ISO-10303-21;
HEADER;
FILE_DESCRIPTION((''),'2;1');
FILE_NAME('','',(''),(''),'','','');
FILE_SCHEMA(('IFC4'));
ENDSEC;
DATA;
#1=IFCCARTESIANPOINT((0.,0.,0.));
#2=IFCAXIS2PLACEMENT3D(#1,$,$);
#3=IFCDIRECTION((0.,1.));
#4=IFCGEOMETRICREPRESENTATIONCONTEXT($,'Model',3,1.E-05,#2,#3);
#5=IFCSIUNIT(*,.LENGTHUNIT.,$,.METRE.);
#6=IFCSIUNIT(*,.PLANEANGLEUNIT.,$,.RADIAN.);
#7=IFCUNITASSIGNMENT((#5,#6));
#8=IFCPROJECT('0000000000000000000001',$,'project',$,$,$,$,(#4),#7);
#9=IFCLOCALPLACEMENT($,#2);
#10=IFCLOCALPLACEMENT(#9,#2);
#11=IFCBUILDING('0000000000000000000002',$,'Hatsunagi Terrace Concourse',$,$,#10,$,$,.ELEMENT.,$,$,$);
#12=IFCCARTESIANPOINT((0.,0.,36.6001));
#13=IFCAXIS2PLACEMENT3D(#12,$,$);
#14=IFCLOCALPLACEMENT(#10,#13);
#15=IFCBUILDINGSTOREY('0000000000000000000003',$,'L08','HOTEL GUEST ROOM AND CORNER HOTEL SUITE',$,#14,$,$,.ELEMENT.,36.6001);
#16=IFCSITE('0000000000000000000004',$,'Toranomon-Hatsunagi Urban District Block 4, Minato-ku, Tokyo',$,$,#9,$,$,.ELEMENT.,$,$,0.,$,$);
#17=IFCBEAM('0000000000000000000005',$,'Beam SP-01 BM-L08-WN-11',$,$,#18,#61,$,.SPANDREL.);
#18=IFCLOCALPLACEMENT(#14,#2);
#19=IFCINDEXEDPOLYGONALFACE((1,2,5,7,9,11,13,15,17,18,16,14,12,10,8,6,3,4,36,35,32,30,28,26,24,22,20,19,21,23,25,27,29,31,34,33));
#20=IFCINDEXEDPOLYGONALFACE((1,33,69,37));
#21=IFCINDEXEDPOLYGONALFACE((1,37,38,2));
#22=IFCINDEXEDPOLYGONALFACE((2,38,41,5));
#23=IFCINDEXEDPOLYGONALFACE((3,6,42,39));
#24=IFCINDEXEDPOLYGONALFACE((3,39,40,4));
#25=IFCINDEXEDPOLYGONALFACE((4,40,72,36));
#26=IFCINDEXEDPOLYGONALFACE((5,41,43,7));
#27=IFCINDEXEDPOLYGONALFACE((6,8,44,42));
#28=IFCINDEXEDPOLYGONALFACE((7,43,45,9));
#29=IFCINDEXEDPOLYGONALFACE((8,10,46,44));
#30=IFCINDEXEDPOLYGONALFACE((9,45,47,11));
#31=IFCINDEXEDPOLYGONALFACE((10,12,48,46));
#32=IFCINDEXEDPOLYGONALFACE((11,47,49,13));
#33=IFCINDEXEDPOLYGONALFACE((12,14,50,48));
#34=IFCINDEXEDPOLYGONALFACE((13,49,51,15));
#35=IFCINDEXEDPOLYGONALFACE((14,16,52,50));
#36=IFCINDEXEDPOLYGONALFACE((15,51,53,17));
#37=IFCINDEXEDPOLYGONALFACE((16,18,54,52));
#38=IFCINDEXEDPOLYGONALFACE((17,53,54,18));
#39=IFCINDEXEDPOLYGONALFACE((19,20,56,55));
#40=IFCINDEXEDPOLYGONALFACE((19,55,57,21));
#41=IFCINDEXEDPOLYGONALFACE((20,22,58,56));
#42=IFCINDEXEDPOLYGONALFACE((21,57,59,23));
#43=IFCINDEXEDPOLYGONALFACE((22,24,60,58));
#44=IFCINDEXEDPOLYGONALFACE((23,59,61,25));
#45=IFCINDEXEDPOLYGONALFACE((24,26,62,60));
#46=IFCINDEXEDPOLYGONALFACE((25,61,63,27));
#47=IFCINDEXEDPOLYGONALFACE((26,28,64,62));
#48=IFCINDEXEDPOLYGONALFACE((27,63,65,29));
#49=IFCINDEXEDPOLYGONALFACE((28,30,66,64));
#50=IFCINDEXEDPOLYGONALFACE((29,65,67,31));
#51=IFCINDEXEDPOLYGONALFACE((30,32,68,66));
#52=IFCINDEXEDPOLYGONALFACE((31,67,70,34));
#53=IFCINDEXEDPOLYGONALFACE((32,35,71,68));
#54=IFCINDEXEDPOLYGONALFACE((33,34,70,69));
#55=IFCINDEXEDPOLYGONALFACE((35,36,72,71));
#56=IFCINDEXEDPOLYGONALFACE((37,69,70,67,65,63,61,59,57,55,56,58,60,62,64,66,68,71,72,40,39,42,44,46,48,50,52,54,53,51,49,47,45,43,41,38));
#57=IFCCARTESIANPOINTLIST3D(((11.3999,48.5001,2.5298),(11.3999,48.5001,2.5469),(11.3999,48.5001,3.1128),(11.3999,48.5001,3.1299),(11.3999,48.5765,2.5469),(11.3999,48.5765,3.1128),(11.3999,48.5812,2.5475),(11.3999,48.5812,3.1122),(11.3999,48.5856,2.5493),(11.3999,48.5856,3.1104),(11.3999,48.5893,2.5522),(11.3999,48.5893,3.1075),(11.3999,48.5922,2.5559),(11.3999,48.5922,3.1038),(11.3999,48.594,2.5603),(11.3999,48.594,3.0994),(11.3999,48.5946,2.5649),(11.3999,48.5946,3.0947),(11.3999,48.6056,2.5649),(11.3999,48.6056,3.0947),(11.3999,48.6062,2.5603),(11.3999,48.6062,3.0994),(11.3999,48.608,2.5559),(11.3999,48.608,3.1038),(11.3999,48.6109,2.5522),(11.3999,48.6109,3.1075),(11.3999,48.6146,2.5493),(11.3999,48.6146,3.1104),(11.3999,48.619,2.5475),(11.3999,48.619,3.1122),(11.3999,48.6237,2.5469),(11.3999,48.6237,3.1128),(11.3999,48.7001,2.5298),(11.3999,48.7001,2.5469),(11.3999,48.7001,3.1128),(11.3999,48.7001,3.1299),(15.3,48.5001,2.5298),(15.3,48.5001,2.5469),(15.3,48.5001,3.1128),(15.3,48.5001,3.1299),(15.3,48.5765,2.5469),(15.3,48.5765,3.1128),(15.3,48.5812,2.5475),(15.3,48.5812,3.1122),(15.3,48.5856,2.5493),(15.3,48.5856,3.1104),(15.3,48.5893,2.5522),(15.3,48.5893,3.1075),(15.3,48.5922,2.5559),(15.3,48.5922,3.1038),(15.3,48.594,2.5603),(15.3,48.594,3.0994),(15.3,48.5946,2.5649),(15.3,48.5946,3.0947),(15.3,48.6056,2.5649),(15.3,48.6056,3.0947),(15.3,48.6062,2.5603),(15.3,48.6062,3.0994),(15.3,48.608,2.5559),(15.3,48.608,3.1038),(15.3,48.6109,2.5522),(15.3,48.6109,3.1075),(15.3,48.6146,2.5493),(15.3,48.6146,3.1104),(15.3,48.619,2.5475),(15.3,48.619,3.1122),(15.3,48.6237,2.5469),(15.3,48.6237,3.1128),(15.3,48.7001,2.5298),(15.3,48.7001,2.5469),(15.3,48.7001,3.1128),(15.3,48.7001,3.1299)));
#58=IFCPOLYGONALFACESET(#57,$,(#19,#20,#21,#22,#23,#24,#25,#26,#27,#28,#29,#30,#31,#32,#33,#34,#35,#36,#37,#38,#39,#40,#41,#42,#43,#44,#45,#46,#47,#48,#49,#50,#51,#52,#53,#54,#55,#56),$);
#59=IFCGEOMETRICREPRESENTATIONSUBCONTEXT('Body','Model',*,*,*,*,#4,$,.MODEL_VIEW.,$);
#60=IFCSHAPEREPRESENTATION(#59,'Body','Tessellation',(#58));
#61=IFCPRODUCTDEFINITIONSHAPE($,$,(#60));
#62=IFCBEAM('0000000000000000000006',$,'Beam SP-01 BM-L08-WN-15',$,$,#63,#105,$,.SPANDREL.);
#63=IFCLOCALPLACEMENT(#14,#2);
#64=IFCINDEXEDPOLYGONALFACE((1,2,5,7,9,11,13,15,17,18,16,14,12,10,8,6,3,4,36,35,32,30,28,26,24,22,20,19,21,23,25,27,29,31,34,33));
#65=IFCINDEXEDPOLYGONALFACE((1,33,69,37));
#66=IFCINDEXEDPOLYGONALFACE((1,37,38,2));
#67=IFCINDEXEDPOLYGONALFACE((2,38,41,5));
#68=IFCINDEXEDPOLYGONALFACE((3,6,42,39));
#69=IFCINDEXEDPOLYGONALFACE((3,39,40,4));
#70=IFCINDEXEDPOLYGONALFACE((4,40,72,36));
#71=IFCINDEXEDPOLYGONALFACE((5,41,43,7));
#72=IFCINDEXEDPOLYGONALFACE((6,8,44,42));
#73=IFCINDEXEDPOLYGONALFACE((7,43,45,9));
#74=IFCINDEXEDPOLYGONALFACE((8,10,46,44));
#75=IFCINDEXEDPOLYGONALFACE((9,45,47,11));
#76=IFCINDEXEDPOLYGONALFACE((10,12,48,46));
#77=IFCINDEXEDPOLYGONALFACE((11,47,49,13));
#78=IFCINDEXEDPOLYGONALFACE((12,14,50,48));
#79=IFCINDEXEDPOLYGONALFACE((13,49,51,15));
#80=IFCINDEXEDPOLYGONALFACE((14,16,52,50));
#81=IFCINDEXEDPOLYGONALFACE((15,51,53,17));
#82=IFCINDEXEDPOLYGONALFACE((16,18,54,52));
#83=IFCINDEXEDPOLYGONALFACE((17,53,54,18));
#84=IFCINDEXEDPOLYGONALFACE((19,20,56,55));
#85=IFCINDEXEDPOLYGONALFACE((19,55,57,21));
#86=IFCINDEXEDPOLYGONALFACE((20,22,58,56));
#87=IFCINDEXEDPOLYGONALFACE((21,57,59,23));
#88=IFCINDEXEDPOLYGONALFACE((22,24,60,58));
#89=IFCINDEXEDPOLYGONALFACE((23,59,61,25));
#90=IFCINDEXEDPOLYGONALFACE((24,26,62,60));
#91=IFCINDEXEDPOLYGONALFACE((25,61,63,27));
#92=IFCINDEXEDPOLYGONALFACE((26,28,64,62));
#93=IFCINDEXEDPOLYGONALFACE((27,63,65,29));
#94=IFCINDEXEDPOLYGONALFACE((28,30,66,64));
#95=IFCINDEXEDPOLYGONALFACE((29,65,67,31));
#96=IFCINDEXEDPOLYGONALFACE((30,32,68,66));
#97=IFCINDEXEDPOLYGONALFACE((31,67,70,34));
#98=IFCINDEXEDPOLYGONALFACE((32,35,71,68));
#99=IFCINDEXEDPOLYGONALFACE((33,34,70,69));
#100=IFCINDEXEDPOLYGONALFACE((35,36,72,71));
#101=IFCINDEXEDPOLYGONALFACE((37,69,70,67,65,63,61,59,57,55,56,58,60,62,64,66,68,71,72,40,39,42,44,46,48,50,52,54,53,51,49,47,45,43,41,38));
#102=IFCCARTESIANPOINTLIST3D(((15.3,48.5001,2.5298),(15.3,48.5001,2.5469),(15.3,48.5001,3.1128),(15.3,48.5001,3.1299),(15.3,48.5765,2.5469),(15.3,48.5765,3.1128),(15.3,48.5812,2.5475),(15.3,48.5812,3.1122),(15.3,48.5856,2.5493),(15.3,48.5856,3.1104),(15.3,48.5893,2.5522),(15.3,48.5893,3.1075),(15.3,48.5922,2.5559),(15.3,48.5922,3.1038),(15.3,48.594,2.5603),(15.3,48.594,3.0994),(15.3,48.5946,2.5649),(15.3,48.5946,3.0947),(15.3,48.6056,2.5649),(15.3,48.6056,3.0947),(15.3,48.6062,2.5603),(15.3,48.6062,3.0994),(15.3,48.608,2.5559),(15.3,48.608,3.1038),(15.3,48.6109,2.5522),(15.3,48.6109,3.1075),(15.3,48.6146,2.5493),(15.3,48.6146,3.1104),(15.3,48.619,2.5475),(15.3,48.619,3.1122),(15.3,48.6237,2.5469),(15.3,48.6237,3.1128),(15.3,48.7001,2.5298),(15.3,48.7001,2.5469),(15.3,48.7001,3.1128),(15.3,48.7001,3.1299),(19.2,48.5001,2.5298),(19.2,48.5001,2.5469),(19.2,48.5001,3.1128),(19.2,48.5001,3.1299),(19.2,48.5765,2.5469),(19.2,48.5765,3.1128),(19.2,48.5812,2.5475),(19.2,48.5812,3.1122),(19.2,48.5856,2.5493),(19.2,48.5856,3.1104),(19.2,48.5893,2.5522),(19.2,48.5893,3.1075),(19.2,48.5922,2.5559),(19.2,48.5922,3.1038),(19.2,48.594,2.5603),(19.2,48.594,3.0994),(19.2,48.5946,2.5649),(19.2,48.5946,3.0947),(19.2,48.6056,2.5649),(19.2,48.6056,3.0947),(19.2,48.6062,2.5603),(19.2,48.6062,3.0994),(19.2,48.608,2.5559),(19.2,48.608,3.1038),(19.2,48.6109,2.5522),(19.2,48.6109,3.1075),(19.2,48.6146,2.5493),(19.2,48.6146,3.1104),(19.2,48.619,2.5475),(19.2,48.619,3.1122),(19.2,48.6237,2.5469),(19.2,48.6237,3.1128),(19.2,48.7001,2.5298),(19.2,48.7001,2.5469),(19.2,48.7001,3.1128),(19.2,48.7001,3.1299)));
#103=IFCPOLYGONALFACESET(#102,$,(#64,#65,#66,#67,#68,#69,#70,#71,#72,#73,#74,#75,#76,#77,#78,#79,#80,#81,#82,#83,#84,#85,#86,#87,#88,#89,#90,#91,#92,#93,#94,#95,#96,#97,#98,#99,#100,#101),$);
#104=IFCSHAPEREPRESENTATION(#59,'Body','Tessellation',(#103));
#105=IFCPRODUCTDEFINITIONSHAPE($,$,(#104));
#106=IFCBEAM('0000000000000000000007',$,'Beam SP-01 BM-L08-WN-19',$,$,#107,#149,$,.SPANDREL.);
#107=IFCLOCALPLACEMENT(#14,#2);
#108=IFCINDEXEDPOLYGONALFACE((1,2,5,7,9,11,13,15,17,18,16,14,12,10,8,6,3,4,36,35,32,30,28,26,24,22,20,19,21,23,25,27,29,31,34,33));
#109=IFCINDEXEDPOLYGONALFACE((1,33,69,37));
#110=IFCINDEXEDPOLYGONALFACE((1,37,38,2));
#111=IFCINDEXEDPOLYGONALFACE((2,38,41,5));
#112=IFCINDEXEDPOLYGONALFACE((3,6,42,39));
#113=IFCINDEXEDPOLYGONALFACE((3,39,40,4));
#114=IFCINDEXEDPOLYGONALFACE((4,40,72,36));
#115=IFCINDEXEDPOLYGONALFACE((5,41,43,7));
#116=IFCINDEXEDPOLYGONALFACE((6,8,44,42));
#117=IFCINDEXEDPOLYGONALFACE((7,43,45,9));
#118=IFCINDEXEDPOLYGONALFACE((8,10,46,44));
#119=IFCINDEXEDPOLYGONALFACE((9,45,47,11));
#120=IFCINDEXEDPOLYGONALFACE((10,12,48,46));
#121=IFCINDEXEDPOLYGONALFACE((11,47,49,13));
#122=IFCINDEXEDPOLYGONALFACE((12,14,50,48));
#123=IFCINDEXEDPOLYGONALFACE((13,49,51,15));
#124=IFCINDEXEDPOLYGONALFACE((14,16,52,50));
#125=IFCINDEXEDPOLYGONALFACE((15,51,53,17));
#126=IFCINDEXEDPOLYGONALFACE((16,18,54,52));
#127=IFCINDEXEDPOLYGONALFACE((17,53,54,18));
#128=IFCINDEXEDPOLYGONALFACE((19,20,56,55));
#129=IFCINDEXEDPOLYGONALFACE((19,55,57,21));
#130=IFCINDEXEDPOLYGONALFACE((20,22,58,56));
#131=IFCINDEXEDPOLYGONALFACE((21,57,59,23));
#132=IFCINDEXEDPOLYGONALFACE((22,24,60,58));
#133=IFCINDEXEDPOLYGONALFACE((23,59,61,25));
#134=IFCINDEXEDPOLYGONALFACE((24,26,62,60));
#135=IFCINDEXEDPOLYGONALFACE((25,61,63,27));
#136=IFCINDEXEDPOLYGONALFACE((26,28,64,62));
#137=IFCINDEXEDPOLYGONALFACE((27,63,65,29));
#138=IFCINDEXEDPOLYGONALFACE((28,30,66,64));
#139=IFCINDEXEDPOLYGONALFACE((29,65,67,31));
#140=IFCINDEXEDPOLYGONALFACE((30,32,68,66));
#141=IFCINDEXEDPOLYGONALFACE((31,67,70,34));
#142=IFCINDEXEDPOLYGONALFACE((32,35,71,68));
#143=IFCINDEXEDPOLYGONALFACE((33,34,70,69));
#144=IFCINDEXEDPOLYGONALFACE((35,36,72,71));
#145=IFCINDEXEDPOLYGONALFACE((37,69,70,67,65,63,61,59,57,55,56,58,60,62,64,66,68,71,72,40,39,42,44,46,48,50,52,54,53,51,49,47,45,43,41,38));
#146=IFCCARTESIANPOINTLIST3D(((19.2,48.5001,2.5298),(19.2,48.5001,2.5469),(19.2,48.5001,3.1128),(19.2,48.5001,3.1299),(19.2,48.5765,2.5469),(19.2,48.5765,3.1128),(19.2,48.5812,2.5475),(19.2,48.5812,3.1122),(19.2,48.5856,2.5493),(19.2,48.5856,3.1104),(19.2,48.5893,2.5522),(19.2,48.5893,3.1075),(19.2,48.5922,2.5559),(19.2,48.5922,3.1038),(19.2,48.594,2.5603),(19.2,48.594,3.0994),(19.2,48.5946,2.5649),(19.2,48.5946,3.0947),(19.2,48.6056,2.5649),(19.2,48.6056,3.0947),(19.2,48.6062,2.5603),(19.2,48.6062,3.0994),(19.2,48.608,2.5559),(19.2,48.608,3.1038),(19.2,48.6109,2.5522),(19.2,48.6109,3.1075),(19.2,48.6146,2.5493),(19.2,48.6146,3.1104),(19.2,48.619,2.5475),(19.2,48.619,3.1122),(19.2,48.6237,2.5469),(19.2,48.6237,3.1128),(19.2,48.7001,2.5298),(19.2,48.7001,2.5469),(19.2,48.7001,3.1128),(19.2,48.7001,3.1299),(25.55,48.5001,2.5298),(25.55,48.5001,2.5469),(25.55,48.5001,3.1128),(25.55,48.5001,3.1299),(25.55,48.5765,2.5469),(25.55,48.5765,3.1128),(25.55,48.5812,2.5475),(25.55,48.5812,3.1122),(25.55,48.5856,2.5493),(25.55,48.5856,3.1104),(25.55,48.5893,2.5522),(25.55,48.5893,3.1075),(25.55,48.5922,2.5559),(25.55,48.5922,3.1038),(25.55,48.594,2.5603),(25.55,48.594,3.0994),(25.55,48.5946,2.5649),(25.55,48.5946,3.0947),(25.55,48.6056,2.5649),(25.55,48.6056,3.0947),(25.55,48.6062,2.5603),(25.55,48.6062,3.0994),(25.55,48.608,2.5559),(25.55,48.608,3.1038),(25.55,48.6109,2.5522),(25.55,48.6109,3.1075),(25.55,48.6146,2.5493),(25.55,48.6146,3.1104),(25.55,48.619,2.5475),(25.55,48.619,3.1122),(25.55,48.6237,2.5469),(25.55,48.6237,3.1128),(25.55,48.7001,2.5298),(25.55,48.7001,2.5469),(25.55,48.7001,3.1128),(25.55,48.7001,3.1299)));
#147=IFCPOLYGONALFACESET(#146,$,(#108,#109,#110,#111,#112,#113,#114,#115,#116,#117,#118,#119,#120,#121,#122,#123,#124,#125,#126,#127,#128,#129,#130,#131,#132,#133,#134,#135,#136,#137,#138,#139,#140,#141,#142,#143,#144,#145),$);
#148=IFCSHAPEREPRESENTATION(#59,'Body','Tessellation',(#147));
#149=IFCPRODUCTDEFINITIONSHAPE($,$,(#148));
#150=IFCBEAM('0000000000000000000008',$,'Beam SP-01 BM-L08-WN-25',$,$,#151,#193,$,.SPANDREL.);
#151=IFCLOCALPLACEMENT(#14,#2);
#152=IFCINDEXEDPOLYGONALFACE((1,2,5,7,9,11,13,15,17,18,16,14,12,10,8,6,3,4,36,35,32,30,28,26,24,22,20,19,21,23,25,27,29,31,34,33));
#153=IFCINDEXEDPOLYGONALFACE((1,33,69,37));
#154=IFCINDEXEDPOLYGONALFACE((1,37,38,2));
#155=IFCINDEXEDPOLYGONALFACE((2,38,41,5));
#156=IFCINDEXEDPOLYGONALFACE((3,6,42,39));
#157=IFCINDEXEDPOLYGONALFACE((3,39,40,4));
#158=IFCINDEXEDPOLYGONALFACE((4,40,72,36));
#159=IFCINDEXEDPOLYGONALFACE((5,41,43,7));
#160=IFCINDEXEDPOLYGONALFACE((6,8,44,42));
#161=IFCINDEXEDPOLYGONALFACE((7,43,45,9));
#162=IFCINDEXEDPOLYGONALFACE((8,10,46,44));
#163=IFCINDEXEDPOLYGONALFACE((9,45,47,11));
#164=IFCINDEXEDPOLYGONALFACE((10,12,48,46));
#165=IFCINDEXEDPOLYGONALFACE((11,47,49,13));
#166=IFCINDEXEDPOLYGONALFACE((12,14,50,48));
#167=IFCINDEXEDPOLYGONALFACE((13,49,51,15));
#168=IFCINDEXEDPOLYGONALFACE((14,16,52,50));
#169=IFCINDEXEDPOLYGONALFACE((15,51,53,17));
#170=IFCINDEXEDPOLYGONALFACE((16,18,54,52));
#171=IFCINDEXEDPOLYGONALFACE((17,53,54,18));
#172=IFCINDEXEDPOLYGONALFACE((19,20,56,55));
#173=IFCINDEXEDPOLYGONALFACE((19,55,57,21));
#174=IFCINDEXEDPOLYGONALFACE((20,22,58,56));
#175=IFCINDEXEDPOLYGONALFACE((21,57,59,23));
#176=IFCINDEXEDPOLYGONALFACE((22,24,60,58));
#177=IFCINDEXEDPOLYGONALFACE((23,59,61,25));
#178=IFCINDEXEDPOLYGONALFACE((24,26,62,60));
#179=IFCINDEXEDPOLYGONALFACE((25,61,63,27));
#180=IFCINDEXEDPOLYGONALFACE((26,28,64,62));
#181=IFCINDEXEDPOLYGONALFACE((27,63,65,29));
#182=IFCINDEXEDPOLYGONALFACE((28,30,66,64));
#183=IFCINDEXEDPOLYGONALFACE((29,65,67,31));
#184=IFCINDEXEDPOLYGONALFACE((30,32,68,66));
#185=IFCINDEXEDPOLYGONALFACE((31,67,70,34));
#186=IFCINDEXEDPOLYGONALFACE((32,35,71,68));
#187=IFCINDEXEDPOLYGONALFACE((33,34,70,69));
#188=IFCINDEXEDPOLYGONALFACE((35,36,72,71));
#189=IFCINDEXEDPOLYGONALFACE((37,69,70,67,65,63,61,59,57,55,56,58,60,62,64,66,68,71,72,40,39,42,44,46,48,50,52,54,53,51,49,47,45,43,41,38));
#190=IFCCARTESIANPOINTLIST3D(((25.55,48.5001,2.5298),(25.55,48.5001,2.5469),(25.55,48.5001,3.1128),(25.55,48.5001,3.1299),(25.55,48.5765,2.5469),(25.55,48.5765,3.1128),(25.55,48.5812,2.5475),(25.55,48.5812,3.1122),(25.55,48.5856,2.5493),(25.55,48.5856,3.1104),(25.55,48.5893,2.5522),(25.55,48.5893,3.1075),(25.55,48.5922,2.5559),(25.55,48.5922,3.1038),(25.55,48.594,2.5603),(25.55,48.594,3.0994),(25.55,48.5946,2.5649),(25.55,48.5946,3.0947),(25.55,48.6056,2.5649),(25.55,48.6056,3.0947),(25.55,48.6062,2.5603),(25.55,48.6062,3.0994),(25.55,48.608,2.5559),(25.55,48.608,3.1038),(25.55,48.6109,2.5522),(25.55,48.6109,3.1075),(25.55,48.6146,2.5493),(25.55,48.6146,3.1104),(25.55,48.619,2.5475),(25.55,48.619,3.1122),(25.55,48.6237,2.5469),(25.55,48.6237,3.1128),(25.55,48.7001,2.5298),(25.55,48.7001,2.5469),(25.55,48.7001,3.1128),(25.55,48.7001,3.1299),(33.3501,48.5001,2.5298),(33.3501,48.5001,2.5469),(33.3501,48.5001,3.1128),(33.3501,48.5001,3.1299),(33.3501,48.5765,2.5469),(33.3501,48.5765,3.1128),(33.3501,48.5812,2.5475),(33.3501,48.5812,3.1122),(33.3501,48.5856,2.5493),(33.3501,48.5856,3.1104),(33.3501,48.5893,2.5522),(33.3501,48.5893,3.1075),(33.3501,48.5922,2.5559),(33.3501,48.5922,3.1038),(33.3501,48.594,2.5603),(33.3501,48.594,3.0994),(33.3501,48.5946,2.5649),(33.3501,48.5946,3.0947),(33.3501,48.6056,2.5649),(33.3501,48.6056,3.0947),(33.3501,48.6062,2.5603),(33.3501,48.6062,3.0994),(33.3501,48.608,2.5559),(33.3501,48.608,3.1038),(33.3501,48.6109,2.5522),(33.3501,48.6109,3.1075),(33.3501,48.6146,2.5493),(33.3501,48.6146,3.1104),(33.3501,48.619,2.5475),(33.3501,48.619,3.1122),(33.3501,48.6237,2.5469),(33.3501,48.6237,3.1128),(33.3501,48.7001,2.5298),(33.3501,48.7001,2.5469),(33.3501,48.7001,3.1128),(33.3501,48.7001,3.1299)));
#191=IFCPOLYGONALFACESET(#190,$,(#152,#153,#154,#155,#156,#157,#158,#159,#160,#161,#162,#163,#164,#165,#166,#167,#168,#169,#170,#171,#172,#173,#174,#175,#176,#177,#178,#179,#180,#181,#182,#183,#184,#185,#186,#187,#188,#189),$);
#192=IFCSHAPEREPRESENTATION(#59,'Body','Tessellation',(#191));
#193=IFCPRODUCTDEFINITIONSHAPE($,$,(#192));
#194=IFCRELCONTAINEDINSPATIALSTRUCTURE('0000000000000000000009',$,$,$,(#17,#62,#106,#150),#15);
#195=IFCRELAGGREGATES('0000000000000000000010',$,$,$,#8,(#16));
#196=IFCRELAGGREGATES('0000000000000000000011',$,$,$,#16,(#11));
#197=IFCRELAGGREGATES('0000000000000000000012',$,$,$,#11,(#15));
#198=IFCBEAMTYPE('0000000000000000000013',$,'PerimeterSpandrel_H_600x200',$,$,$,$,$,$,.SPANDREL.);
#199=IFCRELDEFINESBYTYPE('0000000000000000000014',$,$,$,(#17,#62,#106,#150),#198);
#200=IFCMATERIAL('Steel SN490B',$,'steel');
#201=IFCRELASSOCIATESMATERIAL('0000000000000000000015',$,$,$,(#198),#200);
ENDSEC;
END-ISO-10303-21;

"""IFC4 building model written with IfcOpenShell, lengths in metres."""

from ifc_helpers import new_model, si_unit, direction, frame, origin, origin_2d, place, context, subcontext, project, spatial, i_section, extrude, material, material_profile, profile_set, type_object, element, save


model = new_model("IFC4")

# Units and contexts
model_context = context("Model", 3, precision=1e-05, world=origin(), true_north=direction((0.0, 1.0)))
body_context = subcontext(model_context, "Body", "Model", "MODEL_VIEW")
ifc_project = project(units=[si_unit("LENGTHUNIT", "METRE"), si_unit("PLANEANGLEUNIT", "RADIAN")], contexts=[model_context])

# Site, building, storey
site_placement = place(None, origin())
site = spatial("IfcSite", under=ifc_project, at=site_placement, Name="Toranomon-Hatsunagi Urban District Block 4, Minato-ku, Tokyo", CompositionType="ELEMENT", RefElevation=0.0)
building_placement = place(site_placement, origin())
building = spatial("IfcBuilding", under=site, at=building_placement, Name="Hatsunagi Terrace Concourse", CompositionType="ELEMENT")
storey_placement = place(building_placement, frame((0.0, 0.0, 36.6001)))
storey = spatial("IfcBuildingStorey", under=building, at=storey_placement, Name="L08", Description="HOTEL GUEST ROOM AND CORNER HOTEL SUITE", CompositionType="ELEMENT", Elevation=36.6001)

# Beams
ifc_material_1 = material(Name="Steel SN490B", Category="steel")
ifc_material_profile_1 = material_profile(ifc_material_1, i_section(OverallWidth=0.2, OverallDepth=0.6001, WebThickness=0.011, FlangeThickness=0.0171, FilletRadius=0.0181, at=origin_2d()), Name="H-600x200x11x17")
ifc_profile_set_1 = profile_set([ifc_material_profile_1], Name="Steel SN490B")
beam_type_1 = type_object("IfcBeamType", Name="PerimeterSpandrel_H_600x200", PredefinedType="SPANDREL", material=ifc_profile_set_1)
beam_1_placement = place(storey_placement, frame((11.3999, 48.6001, 2.8298), z_axis=(1.0, 0.0, 0.0), x_axis=(0.0, 1.0, 0.0)))
element("IfcBeam", 1, at=beam_1_placement, inside=storey, type_object=beam_type_1, Name="Beam SP-01 BM-L08-WN-11", PredefinedType="SPANDREL", context=body_context, shape_type="SweptSolid", body=[
    extrude(i_section(OverallWidth=0.2, OverallDepth=0.6001, WebThickness=0.011, FlangeThickness=0.0171, FilletRadius=0.0181, at=origin_2d()), origin(), (0.0, 0.0, 1.0), 3.9001),
])
beam_2_placement = place(storey_placement, frame((15.3, 48.6001, 2.8298), z_axis=(1.0, 0.0, 0.0), x_axis=(0.0, 1.0, 0.0)))
element("IfcBeam", 2, at=beam_2_placement, inside=storey, type_object=beam_type_1, Name="Beam SP-01 BM-L08-WN-15", PredefinedType="SPANDREL", context=body_context, shape_type="SweptSolid", body=[
    extrude(i_section(OverallWidth=0.2, OverallDepth=0.6001, WebThickness=0.011, FlangeThickness=0.0171, FilletRadius=0.0181, at=origin_2d()), origin(), (0.0, 0.0, 1.0), 3.8999),
])
beam_3_placement = place(storey_placement, frame((19.2, 48.6001, 2.8298), z_axis=(1.0, 0.0, 0.0), x_axis=(0.0, 1.0, 0.0)))
element("IfcBeam", 3, at=beam_3_placement, inside=storey, type_object=beam_type_1, Name="Beam SP-01 BM-L08-WN-19", PredefinedType="SPANDREL", context=body_context, shape_type="SweptSolid", body=[
    extrude(i_section(OverallWidth=0.2, OverallDepth=0.6001, WebThickness=0.011, FlangeThickness=0.0171, FilletRadius=0.0181, at=origin_2d()), origin(), (0.0, 0.0, 1.0), 6.3501),
])
beam_4_placement = place(storey_placement, frame((25.55, 48.6001, 2.8298), z_axis=(1.0, 0.0, 0.0), x_axis=(0.0, 1.0, 0.0)))
element("IfcBeam", 4, at=beam_4_placement, inside=storey, type_object=beam_type_1, Name="Beam SP-01 BM-L08-WN-25", PredefinedType="SPANDREL", context=body_context, shape_type="SweptSolid", body=[
    extrude(i_section(OverallWidth=0.2, OverallDepth=0.6001, WebThickness=0.011, FlangeThickness=0.0171, FilletRadius=0.0181, at=origin_2d()), origin(), (0.0, 0.0, 1.0), 7.8),
])

save(model, "model.ifc")
